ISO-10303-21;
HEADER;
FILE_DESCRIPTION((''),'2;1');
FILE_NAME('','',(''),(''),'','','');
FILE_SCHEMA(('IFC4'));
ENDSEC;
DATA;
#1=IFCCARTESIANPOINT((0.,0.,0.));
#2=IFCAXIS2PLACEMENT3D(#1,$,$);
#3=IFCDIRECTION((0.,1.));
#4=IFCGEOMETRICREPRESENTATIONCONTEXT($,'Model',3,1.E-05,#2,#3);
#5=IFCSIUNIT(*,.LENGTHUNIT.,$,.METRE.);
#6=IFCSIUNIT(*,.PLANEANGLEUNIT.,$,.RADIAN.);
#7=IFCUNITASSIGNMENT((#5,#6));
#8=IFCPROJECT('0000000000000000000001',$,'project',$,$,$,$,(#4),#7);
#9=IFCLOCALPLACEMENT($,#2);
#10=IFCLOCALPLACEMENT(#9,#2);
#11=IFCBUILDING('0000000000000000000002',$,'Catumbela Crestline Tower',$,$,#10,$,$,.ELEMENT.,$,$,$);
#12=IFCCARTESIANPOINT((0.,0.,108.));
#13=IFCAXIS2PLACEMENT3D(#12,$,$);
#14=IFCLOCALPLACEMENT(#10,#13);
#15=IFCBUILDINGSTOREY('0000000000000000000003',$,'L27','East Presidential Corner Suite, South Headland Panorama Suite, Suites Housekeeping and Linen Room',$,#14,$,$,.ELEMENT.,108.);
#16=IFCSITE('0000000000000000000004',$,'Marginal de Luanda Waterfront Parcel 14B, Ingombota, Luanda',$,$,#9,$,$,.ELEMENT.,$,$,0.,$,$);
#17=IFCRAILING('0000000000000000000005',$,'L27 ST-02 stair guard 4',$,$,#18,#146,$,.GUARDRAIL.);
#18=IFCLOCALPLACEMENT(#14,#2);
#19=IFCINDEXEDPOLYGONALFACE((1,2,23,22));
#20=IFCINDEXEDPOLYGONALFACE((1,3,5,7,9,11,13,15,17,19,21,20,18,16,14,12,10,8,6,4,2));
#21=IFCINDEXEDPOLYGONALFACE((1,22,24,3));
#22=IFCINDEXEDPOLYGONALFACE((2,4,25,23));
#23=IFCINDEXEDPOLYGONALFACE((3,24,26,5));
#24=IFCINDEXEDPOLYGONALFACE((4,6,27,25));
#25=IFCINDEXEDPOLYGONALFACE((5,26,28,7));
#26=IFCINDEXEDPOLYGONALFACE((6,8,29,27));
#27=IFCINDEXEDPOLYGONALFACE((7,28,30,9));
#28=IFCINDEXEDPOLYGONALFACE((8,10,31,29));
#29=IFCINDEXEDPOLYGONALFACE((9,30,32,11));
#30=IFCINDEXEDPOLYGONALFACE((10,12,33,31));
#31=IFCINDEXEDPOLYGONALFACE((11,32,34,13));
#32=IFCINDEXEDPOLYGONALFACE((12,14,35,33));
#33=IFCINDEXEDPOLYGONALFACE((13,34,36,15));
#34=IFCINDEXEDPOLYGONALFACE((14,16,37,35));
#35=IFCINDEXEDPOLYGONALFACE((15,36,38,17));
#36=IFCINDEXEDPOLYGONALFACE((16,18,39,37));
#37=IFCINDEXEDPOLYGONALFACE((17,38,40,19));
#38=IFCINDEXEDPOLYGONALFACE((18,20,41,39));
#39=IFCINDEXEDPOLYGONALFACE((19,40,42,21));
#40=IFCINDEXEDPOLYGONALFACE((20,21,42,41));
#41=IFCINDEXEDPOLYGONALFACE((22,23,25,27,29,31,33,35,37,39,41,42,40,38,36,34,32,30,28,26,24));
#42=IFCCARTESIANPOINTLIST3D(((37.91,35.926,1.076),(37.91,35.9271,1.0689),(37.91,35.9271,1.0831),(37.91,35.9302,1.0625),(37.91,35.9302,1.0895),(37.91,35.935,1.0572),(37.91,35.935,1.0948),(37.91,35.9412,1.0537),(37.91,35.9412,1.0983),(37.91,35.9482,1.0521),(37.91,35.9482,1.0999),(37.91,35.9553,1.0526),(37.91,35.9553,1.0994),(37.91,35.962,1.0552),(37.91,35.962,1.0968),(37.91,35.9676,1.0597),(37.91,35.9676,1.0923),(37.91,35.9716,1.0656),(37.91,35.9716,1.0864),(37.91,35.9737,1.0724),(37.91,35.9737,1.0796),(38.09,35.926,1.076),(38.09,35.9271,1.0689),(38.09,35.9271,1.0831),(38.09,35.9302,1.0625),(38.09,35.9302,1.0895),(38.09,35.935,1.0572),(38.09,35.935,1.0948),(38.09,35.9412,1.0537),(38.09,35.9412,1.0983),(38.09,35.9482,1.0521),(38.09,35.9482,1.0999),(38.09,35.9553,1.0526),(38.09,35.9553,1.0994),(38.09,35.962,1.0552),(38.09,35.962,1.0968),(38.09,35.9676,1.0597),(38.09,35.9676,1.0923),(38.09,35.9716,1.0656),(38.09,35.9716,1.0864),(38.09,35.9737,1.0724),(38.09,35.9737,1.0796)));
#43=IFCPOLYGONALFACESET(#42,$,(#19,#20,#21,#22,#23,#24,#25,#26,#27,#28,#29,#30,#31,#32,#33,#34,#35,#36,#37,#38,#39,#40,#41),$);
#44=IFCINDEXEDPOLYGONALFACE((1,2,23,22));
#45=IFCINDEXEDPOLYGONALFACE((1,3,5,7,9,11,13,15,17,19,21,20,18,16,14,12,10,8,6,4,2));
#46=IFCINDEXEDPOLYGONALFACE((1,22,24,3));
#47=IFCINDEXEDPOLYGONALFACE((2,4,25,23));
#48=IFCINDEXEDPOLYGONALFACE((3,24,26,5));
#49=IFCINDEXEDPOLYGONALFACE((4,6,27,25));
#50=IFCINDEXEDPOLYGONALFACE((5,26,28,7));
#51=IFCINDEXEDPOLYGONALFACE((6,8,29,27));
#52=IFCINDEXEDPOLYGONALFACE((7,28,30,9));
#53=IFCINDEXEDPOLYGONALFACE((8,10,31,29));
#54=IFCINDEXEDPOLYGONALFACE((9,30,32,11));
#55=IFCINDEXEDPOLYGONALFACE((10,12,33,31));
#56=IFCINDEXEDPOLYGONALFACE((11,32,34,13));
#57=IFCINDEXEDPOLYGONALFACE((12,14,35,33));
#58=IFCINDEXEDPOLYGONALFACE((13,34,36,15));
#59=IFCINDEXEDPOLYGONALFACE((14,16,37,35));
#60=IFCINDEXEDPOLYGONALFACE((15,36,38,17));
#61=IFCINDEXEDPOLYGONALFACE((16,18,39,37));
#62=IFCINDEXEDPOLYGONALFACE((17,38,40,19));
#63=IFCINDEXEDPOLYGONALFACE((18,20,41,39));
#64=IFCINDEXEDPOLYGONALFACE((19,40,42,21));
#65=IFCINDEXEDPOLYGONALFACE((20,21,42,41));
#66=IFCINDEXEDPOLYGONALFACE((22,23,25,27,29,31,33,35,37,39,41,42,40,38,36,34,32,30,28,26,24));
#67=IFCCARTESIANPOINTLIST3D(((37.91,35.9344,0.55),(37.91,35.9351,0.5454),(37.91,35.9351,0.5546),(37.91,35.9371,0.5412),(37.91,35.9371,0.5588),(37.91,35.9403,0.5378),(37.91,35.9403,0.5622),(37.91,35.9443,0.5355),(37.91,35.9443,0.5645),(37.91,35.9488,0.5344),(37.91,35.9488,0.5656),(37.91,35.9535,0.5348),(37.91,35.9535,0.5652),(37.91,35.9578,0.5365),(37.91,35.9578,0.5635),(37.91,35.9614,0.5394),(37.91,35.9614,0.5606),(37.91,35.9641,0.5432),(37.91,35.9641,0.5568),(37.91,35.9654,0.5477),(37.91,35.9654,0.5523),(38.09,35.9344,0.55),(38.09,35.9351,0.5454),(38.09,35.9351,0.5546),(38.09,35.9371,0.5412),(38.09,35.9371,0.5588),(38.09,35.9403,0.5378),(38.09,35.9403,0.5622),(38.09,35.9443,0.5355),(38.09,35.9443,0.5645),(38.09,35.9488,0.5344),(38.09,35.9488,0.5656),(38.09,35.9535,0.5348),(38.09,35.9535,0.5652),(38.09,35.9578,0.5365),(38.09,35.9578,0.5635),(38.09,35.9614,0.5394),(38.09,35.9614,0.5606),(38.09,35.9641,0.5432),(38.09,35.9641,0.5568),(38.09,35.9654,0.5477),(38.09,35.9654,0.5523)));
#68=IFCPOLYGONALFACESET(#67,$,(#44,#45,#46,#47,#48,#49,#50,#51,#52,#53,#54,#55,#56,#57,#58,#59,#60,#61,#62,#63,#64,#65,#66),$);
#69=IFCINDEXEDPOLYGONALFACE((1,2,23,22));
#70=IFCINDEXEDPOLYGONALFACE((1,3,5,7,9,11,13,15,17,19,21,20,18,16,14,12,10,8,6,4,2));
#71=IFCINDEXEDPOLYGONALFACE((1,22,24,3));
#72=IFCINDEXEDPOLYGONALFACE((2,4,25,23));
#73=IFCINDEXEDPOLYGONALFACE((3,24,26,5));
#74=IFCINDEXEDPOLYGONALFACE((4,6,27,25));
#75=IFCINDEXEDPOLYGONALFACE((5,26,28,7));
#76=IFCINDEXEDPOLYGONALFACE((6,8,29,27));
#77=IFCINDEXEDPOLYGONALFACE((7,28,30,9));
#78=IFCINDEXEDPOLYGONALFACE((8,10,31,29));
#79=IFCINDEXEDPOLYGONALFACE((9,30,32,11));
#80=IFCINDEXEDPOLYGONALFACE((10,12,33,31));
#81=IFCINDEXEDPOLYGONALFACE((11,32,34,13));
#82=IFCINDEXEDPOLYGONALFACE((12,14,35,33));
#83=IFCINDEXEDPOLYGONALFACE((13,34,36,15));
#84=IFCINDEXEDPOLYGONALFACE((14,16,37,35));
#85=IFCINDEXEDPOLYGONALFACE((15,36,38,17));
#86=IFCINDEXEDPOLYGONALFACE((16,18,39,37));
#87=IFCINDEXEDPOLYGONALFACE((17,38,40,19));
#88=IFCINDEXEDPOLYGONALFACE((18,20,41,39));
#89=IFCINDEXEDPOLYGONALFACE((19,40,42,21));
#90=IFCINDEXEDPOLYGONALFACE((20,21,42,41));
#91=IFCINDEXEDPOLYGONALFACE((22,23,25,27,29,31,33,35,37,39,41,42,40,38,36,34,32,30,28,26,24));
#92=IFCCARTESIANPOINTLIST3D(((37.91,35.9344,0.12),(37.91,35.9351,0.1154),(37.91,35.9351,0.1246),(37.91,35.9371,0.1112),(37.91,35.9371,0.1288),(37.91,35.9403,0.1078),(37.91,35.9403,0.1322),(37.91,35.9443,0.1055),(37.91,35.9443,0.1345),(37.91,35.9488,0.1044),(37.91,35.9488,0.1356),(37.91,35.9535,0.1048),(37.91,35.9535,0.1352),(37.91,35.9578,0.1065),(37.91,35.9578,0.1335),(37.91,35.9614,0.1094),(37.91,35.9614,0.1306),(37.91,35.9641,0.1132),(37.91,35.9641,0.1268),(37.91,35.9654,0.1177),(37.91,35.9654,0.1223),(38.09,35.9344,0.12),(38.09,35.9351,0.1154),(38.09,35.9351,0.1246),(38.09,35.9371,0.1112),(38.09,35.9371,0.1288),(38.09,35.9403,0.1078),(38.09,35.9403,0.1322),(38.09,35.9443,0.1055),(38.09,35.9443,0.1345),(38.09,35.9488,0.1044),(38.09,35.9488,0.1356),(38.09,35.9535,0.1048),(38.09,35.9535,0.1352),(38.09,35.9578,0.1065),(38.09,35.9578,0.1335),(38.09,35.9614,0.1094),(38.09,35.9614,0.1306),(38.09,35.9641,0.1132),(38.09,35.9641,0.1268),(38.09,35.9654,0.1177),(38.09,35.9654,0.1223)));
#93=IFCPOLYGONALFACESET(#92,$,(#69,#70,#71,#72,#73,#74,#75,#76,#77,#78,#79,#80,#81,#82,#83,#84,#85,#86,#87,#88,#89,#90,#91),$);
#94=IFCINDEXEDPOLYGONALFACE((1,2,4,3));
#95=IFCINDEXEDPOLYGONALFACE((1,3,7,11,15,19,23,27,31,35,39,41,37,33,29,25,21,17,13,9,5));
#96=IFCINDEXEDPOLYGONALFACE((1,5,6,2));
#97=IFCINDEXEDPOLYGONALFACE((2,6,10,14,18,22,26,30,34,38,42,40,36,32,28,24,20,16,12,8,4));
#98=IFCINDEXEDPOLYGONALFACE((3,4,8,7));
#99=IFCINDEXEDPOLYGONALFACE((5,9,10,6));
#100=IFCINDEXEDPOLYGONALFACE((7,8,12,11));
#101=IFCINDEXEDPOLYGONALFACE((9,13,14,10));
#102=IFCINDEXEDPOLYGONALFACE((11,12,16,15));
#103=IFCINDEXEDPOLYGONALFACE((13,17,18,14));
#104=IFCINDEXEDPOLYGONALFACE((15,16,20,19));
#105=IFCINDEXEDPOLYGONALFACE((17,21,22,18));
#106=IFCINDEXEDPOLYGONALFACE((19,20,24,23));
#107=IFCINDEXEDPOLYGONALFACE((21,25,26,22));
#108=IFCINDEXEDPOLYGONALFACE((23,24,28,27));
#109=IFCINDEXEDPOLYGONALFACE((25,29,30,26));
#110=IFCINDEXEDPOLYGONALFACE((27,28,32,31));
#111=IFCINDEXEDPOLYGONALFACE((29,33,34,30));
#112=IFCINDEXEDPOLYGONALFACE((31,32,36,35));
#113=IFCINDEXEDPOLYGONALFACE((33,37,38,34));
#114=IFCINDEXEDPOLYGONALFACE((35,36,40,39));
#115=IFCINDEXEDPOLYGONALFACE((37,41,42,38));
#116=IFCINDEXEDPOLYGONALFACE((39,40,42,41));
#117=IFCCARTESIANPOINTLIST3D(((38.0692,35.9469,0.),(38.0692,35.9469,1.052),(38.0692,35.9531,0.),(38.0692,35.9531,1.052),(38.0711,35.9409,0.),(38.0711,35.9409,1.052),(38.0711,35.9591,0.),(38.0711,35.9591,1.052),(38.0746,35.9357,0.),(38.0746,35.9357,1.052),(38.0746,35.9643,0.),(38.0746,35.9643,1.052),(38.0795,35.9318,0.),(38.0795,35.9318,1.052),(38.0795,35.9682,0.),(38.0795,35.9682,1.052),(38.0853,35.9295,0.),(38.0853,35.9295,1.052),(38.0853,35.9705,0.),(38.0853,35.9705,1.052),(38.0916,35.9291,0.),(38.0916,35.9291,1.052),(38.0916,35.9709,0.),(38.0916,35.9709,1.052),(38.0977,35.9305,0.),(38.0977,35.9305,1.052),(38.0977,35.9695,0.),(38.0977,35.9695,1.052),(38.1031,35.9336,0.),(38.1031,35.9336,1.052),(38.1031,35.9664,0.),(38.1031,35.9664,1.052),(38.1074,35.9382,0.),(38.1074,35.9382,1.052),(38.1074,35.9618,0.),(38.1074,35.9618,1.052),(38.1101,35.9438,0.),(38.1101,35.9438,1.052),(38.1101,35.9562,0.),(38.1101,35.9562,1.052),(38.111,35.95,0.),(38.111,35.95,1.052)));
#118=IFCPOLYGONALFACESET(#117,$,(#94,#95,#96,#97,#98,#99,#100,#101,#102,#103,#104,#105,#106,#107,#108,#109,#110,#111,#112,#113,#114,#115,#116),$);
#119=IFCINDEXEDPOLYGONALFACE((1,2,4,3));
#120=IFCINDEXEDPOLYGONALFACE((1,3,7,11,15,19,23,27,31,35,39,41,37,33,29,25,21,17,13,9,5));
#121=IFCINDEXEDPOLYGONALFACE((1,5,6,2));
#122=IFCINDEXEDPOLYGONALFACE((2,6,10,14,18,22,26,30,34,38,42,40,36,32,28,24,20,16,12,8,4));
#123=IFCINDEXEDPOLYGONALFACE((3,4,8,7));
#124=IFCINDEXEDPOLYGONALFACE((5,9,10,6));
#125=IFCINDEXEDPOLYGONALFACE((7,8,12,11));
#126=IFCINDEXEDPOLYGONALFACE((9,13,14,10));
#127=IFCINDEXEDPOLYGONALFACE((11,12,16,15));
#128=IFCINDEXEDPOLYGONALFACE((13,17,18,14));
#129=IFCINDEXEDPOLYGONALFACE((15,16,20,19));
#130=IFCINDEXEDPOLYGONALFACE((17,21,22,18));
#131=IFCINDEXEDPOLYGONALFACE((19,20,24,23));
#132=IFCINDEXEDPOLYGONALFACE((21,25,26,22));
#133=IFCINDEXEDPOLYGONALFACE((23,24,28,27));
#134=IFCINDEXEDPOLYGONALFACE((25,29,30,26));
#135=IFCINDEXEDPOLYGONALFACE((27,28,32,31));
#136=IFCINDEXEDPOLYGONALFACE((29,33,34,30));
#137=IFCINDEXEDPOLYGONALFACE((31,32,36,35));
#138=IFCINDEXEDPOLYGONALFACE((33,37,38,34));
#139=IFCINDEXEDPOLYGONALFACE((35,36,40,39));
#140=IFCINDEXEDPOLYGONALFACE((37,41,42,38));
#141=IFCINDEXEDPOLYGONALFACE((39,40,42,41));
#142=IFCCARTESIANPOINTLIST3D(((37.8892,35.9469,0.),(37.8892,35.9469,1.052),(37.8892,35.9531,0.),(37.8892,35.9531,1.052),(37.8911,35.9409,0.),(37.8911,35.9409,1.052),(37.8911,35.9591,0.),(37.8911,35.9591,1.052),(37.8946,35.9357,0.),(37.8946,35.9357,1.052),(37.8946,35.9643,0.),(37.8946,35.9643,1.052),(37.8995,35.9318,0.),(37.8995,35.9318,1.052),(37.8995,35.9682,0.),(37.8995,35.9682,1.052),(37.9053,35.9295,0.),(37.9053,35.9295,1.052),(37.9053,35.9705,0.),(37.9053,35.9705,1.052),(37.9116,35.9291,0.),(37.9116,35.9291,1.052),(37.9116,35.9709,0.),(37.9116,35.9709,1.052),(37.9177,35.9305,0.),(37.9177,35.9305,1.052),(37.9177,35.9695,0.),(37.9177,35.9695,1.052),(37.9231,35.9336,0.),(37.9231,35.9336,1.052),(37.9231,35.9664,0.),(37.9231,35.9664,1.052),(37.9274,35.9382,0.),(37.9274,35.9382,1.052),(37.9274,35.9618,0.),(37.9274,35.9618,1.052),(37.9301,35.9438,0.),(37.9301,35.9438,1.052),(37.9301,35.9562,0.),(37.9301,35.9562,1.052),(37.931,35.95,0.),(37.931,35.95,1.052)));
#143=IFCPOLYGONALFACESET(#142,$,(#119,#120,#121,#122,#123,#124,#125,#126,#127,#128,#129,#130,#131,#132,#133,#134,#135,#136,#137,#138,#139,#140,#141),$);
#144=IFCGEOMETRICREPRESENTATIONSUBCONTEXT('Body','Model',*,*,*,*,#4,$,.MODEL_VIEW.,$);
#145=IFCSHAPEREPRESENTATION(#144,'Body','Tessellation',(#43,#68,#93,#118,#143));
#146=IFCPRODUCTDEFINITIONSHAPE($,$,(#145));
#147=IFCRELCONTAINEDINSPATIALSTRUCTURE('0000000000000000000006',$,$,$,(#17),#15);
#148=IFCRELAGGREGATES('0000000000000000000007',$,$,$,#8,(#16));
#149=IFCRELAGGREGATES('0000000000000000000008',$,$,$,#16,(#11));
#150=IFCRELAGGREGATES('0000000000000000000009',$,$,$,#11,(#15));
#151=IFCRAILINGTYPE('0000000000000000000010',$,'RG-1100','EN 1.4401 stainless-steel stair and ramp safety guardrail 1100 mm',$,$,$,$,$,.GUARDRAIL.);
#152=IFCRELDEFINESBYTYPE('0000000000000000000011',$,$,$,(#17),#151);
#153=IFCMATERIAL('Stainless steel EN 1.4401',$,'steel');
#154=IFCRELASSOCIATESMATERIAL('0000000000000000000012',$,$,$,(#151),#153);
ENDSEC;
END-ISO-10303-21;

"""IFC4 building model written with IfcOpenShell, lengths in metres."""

from ifc_helpers import new_model, si_unit, direction, frame, origin, origin_2d, place, context, subcontext, project, spatial, circle, extrude, material, type_object, element, save


model = new_model("IFC4")

# Units and contexts
model_context = context("Model", 3, precision=1e-05, world=origin(), true_north=direction((0.0, 1.0)))
body_context = subcontext(model_context, "Body", "Model", "MODEL_VIEW")
ifc_project = project(units=[si_unit("LENGTHUNIT", "METRE"), si_unit("PLANEANGLEUNIT", "RADIAN")], contexts=[model_context])

# Site, building, storey
site_placement = place(None, origin())
site = spatial("IfcSite", under=ifc_project, at=site_placement, Name="Marginal de Luanda Waterfront Parcel 14B, Ingombota, Luanda", CompositionType="ELEMENT", RefElevation=0.0)
building_placement = place(site_placement, origin())
building = spatial("IfcBuilding", under=site, at=building_placement, Name="Catumbela Crestline Tower", CompositionType="ELEMENT")
storey_placement = place(building_placement, frame((0.0, 0.0, 108.0)))
storey = spatial("IfcBuildingStorey", under=building, at=storey_placement, Name="L27", Description="East Presidential Corner Suite, South Headland Panorama Suite, Suites Housekeeping and Linen Room", CompositionType="ELEMENT", Elevation=108.0)

# Shared definitions
ifc_material_1 = material(Name="Stainless steel EN 1.4401", Category="steel")

# Railing
railing_type_1 = type_object("IfcRailingType", Name="RG-1100", Description="EN 1.4401 stainless-steel stair and ramp safety guardrail 1100 mm", PredefinedType="GUARDRAIL", material=ifc_material_1)
railing_1_placement = place(storey_placement, frame((38.09, 35.95, 0.0)))
element("IfcRailing", 1, at=railing_1_placement, inside=storey, type_object=railing_type_1, Name="L27 ST-02 stair guard 4", PredefinedType="GUARDRAIL", context=body_context, shape_type="SweptSolid", body=[
    extrude(circle(Radius=0.024, at=origin_2d()), frame((0.0, 0.0, 1.076), z_axis=(-1.0, 0.0, 0.0), x_axis=(0.0, -1.0, 0.0)), (0.0, 0.0, 1.0), 0.18),
    extrude(circle(Radius=0.0156, at=origin_2d()), frame((0.0, 0.0, 0.55), z_axis=(-1.0, 0.0, 0.0), x_axis=(0.0, -1.0, 0.0)), (0.0, 0.0, 1.0), 0.18),
    extrude(circle(Radius=0.0156, at=origin_2d()), frame((0.0, 0.0, 0.12), z_axis=(-1.0, 0.0, 0.0), x_axis=(0.0, -1.0, 0.0)), (0.0, 0.0, 1.0), 0.18),
    extrude(circle(Radius=0.021, at=origin_2d()), origin(), (0.0, 0.0, 1.0), 1.052),
    extrude(circle(Radius=0.021, at=origin_2d()), frame((-0.18, 0.0, 0.0)), (0.0, 0.0, 1.0), 1.052),
])

save(model, "model.ifc")
